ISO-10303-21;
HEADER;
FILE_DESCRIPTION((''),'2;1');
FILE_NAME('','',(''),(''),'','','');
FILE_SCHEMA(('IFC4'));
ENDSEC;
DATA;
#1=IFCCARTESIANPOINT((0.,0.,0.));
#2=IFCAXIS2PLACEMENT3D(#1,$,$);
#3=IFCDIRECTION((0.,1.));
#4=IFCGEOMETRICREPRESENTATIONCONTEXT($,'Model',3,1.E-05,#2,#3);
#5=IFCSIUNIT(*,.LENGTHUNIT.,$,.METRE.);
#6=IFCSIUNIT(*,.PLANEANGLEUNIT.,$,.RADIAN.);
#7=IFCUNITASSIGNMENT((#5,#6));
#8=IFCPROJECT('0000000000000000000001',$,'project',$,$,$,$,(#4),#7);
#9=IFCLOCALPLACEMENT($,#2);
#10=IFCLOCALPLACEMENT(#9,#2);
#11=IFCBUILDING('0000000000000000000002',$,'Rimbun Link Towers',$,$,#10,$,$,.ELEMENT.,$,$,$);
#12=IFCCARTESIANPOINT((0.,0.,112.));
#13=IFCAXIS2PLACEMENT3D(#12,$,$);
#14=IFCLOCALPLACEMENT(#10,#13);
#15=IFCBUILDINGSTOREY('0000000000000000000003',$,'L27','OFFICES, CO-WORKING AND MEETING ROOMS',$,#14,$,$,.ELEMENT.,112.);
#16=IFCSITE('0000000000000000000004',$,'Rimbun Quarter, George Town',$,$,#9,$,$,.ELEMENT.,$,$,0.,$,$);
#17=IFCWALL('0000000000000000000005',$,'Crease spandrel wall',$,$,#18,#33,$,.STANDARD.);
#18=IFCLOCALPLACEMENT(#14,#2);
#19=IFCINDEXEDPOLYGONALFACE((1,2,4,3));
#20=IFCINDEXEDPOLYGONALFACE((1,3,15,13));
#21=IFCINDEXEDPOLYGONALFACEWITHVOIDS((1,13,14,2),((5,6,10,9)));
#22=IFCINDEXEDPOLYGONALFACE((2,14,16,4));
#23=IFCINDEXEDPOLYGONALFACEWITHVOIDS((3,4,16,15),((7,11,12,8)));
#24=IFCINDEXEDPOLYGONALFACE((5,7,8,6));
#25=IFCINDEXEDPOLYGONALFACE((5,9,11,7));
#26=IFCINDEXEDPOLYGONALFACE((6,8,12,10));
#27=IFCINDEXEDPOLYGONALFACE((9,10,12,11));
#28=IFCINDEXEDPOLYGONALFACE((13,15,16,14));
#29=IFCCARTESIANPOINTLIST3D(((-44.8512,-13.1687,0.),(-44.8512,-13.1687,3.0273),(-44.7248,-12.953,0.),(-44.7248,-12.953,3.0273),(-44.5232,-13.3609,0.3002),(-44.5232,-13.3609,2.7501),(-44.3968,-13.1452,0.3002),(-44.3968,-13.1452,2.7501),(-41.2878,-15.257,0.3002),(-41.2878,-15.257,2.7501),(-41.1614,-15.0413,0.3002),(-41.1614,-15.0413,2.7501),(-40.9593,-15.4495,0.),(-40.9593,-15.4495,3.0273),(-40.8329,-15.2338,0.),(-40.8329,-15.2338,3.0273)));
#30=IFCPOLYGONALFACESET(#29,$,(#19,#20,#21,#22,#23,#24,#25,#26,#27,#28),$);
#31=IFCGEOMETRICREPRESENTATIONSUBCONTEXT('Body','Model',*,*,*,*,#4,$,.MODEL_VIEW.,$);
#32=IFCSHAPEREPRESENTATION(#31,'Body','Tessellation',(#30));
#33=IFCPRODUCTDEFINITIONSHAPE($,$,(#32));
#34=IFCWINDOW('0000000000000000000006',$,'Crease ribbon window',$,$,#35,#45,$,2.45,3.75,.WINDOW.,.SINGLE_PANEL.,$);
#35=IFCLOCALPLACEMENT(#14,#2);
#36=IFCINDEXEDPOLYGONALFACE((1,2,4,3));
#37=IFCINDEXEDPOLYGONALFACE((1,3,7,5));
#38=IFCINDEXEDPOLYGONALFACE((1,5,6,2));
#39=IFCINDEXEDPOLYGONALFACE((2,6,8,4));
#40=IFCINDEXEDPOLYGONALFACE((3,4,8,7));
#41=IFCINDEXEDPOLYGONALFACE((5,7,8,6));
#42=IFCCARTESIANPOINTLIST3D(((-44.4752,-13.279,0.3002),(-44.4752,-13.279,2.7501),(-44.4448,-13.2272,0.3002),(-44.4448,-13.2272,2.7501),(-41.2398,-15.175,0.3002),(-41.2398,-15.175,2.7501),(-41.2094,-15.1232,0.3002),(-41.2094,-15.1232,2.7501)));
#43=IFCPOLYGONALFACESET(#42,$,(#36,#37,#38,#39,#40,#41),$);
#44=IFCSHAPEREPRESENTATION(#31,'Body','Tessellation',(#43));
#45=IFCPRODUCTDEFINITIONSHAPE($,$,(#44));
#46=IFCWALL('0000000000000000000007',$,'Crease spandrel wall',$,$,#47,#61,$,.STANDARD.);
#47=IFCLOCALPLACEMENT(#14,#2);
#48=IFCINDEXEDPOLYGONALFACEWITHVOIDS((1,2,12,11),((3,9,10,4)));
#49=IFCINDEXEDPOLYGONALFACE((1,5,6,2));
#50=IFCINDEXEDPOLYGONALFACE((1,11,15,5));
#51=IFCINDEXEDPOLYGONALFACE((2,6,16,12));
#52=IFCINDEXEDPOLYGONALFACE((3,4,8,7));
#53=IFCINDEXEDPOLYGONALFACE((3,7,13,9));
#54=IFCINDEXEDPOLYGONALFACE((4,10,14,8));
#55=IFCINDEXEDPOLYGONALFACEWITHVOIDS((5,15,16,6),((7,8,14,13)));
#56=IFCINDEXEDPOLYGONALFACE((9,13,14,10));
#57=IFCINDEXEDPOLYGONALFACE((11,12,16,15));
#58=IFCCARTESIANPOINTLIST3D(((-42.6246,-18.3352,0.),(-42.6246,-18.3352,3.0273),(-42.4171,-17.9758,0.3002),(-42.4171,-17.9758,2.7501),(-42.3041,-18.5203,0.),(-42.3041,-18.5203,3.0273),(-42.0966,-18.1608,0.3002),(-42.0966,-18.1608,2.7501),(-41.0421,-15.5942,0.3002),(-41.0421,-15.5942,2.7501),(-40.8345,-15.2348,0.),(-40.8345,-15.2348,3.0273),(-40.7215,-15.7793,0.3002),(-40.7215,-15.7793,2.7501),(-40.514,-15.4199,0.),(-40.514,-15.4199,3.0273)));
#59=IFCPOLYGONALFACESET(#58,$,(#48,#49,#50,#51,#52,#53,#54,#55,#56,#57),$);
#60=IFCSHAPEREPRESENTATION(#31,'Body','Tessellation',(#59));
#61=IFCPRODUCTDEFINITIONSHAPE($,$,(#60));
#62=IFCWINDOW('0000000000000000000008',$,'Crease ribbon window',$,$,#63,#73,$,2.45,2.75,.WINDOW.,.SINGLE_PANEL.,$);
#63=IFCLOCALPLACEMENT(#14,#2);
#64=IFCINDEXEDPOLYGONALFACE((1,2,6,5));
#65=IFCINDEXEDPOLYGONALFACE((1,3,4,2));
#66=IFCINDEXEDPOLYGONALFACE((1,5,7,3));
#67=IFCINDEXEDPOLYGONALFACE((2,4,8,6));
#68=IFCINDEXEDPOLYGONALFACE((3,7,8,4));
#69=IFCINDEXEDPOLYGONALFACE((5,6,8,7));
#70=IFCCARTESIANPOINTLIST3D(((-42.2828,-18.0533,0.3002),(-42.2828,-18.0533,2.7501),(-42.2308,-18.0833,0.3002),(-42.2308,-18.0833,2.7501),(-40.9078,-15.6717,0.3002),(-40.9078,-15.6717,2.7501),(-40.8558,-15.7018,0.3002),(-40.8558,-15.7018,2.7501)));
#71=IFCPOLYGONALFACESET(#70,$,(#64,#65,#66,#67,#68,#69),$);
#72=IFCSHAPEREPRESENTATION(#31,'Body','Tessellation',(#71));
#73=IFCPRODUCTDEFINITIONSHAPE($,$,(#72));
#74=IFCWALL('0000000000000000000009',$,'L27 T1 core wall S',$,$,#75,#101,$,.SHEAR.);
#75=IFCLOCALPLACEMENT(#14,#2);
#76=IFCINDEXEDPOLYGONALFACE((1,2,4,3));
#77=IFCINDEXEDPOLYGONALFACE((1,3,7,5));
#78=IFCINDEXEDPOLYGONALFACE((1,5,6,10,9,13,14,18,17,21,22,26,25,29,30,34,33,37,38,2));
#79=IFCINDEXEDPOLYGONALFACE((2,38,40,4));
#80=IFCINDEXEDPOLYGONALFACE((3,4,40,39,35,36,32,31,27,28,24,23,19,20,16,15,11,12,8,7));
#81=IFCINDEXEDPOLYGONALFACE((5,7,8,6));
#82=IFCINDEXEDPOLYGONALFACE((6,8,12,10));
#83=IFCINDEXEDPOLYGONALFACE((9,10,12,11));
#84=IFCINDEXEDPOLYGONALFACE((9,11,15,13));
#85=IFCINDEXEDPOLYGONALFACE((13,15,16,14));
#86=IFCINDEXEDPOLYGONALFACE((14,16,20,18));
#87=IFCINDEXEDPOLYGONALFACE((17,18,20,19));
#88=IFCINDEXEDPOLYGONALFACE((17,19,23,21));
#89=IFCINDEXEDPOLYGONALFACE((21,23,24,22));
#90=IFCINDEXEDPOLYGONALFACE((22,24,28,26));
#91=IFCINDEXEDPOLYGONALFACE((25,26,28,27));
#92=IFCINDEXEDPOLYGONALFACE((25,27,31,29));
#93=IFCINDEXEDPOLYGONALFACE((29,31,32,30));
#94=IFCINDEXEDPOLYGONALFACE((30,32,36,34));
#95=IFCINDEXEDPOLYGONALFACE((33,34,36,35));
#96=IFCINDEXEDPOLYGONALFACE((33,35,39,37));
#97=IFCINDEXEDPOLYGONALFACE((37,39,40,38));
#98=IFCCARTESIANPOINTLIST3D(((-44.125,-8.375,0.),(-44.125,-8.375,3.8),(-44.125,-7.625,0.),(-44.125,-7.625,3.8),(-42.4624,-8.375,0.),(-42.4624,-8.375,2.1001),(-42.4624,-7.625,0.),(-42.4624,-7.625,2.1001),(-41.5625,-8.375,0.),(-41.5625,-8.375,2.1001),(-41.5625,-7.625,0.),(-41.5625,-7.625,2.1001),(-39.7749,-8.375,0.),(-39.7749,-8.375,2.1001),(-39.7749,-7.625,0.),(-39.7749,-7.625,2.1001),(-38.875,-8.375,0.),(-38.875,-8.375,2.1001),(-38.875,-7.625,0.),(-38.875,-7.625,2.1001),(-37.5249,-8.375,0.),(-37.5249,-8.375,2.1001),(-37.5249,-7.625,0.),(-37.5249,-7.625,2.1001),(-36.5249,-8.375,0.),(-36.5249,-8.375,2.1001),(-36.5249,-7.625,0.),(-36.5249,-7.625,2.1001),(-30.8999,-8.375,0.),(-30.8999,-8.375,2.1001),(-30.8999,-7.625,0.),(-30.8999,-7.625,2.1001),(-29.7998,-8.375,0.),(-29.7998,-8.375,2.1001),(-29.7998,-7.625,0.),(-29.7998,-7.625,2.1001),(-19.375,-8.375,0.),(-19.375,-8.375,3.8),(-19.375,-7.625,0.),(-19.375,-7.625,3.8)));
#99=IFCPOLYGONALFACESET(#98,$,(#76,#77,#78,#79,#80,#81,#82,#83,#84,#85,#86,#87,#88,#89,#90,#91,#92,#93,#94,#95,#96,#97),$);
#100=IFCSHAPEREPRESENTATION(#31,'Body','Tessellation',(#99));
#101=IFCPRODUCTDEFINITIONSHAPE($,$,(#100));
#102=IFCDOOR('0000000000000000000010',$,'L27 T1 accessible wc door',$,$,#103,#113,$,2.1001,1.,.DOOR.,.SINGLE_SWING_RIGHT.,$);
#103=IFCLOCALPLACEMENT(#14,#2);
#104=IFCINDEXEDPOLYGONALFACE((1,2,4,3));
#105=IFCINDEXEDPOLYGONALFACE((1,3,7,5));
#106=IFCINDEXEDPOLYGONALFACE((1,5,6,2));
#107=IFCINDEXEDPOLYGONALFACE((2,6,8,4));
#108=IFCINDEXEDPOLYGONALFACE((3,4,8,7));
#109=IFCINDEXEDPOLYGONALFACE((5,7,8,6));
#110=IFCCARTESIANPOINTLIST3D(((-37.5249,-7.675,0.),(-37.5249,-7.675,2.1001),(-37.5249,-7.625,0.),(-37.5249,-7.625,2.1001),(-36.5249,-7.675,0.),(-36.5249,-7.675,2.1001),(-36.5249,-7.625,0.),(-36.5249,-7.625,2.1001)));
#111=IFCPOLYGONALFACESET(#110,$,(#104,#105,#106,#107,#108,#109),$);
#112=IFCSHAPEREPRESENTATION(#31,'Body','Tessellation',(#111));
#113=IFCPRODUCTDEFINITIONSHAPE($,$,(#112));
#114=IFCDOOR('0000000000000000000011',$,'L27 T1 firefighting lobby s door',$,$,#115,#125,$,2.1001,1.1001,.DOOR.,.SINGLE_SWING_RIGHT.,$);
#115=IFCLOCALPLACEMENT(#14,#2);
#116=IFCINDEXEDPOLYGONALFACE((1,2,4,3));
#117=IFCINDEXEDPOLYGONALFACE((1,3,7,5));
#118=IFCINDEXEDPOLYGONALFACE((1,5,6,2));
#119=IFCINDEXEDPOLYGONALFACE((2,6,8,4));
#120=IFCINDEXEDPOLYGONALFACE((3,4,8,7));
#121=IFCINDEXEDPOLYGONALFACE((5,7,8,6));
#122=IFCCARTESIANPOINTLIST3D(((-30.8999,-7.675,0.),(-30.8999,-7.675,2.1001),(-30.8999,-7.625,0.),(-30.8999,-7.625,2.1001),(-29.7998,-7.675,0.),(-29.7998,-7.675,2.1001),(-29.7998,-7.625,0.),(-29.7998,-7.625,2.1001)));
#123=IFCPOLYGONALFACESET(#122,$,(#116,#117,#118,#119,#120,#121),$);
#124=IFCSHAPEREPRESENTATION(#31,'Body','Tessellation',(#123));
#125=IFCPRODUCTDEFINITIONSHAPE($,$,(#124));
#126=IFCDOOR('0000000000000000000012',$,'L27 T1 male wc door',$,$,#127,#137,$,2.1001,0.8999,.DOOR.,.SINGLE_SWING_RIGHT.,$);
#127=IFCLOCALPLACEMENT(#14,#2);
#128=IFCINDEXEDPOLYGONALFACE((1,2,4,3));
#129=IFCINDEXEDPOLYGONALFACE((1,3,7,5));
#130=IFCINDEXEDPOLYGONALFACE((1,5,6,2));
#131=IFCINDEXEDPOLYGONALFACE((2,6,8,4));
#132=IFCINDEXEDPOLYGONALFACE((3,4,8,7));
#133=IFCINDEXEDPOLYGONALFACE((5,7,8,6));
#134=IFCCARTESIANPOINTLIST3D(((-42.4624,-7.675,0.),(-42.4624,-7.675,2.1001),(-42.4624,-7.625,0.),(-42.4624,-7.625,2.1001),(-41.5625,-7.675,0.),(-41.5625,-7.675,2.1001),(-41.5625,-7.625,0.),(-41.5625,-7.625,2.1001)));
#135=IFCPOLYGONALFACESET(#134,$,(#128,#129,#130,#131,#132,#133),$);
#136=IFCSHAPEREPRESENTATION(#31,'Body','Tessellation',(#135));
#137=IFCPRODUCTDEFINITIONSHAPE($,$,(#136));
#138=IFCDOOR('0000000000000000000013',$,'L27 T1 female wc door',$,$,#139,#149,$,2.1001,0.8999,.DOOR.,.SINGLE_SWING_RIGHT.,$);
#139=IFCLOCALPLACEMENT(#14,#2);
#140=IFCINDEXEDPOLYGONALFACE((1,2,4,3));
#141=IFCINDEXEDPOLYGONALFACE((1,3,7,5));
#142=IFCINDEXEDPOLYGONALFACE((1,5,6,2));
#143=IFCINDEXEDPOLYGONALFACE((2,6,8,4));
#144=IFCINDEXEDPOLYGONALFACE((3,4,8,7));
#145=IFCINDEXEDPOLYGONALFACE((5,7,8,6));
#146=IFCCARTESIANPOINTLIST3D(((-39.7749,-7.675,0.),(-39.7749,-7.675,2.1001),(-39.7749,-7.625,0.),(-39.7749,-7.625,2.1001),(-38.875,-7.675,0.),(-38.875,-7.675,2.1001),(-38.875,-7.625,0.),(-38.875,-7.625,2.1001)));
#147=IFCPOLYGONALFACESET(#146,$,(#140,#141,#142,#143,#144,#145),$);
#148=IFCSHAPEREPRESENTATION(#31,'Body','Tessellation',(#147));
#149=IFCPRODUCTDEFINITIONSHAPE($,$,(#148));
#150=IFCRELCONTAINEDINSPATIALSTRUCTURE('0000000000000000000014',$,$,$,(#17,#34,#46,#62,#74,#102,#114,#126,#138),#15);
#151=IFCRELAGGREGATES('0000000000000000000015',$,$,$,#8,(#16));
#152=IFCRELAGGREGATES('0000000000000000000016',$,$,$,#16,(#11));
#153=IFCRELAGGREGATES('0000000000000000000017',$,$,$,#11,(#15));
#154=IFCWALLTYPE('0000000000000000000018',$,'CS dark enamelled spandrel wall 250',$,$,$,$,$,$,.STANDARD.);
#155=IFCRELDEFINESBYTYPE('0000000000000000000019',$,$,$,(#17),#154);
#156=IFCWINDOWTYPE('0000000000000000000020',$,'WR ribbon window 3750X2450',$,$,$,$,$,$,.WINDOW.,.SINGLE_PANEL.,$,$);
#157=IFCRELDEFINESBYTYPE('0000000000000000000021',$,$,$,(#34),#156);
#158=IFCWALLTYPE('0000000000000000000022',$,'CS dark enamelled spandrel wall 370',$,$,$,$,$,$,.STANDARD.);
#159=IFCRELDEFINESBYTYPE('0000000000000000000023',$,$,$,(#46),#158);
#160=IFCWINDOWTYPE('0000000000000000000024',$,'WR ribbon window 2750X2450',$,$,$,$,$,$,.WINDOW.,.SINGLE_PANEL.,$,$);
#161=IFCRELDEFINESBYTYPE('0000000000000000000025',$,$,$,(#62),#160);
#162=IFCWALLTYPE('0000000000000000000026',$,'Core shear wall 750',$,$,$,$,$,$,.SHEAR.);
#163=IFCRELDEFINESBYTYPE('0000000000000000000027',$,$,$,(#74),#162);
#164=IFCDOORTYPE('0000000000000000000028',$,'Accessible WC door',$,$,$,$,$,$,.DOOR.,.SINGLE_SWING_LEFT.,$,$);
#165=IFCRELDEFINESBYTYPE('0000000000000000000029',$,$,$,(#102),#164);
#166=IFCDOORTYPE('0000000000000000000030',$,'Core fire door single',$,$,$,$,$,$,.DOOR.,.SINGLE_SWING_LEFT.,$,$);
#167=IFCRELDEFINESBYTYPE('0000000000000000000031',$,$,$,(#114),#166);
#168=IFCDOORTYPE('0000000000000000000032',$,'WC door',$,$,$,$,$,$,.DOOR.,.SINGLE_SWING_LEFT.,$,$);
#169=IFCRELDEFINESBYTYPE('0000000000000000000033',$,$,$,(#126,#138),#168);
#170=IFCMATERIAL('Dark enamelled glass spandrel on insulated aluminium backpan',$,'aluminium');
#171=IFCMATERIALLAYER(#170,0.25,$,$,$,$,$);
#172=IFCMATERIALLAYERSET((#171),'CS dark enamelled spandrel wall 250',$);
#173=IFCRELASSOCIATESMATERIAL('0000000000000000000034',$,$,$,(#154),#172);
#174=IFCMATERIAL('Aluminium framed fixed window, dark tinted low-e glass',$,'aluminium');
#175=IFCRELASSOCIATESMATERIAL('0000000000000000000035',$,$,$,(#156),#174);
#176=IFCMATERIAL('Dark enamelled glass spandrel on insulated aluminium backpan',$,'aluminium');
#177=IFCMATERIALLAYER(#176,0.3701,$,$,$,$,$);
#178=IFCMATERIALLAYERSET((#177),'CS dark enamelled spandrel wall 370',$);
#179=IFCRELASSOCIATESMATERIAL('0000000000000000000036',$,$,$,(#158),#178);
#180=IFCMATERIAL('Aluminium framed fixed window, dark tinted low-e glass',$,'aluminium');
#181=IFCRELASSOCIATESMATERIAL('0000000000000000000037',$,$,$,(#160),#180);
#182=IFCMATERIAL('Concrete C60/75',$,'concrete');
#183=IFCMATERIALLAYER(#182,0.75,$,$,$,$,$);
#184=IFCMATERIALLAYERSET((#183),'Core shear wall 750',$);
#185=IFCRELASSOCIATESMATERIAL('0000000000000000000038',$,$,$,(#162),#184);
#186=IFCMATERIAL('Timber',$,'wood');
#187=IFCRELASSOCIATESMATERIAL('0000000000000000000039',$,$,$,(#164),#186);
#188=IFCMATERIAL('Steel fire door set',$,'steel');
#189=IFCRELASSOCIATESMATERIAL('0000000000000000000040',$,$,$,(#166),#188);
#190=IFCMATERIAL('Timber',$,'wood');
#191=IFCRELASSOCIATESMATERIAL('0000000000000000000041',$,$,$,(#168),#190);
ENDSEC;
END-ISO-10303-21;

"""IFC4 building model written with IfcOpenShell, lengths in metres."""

from ifc_helpers import new_model, si_unit, direction, frame, frame_2d, origin, place, context, subcontext, project, spatial, rectangle, extrude, material, layer, layer_set, type_object, element, fill, save


model = new_model("IFC4")

# Units and contexts
model_context = context("Model", 3, precision=1e-05, world=origin(), true_north=direction((0.0, 1.0)))
body_context = subcontext(model_context, "Body", "Model", "MODEL_VIEW")
ifc_project = project(units=[si_unit("LENGTHUNIT", "METRE"), si_unit("PLANEANGLEUNIT", "RADIAN")], contexts=[model_context])

# Site, building, storey
site_placement = place(None, origin())
site = spatial("IfcSite", under=ifc_project, at=site_placement, Name="Rimbun Quarter, George Town", CompositionType="ELEMENT", RefElevation=0.0)
building_placement = place(site_placement, origin())
building = spatial("IfcBuilding", under=site, at=building_placement, Name="Rimbun Link Towers", CompositionType="ELEMENT")
storey_placement = place(building_placement, frame((0.0, 0.0, 112.0)))
storey = spatial("IfcBuildingStorey", under=building, at=storey_placement, Name="L27", Description="OFFICES, CO-WORKING AND MEETING ROOMS", CompositionType="ELEMENT", Elevation=112.0)

# Walls, openings, windows
ifc_material_1 = material(Name="Dark enamelled glass spandrel on insulated aluminium backpan", Category="aluminium")
ifc_layer_1 = layer(ifc_material_1, 0.25)
ifc_layer_set_1 = layer_set([ifc_layer_1], Name="CS dark enamelled spandrel wall 250")
wall_type_1 = type_object("IfcWallType", Name="CS dark enamelled spandrel wall 250", PredefinedType="STANDARD", material=ifc_layer_set_1)
wall_1_placement = place(storey_placement, frame((-40.8962, -15.3416, 0.0), z_axis=(0.0, 0.0, 1.0), x_axis=(-0.862762, 0.50561, 0.0)))
wall_1 = element("IfcWall", 1, at=wall_1_placement, inside=storey, type_object=wall_type_1, Name="Crease spandrel wall", PredefinedType="STANDARD", context=body_context, shape_type="SweptSolid", body=[
    extrude(rectangle(XDim=4.511, YDim=0.25, at=frame_2d((2.2554, 0.0))), origin(), (0.0, 0.0, 1.0), 3.0273),
])
opening_1_placement = place(wall_1_placement, frame((0.3806, 0.0, 0.3)))
opening_1 = element("IfcOpeningElement", 2, at=opening_1_placement, cuts=wall_1, PredefinedType="OPENING", context=body_context, shape_type="SweptSolid", body=[
    extrude(rectangle(XDim=3.75, YDim=2.45, at=frame_2d((1.875, 1.2251))), frame((0.0, 0.135, 0.0), z_axis=(0.0, -1.0, 0.0), x_axis=(1.0, 0.0, 0.0)), (0.0, 0.0, 1.0), 0.27),
])
ifc_material_2 = material(Name="Aluminium framed fixed window, dark tinted low-e glass", Category="aluminium")
window_type_1 = type_object("IfcWindowType", Name="WR ribbon window 3750X2450", PartitioningType="SINGLE_PANEL", PredefinedType="WINDOW", material=ifc_material_2)
window_1_placement = place(opening_1_placement, origin())
window_1 = element("IfcWindow", 3, at=window_1_placement, inside=storey, type_object=window_type_1, Name="Crease ribbon window", OverallHeight=2.45, OverallWidth=3.75, PartitioningType="SINGLE_PANEL", PredefinedType="WINDOW", context=body_context, shape_type="SweptSolid", body=[
    extrude(rectangle(XDim=3.75, YDim=2.45, at=frame_2d((1.875, 1.2251))), frame((0.0, 0.03, 0.0), z_axis=(0.0, -1.0, 0.0), x_axis=(1.0, 0.0, 0.0)), (0.0, 0.0, 1.0), 0.0601),
])
fill(opening_1, window_1)
ifc_material_3 = material(Name="Dark enamelled glass spandrel on insulated aluminium backpan", Category="aluminium")
ifc_layer_2 = layer(ifc_material_3, 0.3701)
ifc_layer_set_2 = layer_set([ifc_layer_2], Name="CS dark enamelled spandrel wall 370")
wall_type_2 = type_object("IfcWallType", Name="CS dark enamelled spandrel wall 370", PredefinedType="STANDARD", material=ifc_layer_set_2)
wall_2_placement = place(storey_placement, frame((-42.4644, -18.4277, 0.0), z_axis=(0.0, 0.0, 1.0), x_axis=(0.500012, 0.866019, 0.0)))
wall_2 = element("IfcWall", 4, at=wall_2_placement, inside=storey, type_object=wall_type_2, Name="Crease spandrel wall", PredefinedType="STANDARD", context=body_context, shape_type="SweptSolid", body=[
    extrude(rectangle(XDim=3.5801, YDim=0.3701, at=frame_2d((1.79, 0.0))), origin(), (0.0, 0.0, 1.0), 3.0273),
])
opening_2_placement = place(wall_2_placement, frame((0.415, 0.0, 0.3)))
opening_2 = element("IfcOpeningElement", 5, at=opening_2_placement, cuts=wall_2, PredefinedType="OPENING", context=body_context, shape_type="SweptSolid", body=[
    extrude(rectangle(XDim=2.75, YDim=2.45, at=frame_2d((1.375, 1.2251))), frame((0.0, 0.1951, 0.0), z_axis=(0.0, -1.0, 0.0), x_axis=(1.0, 0.0, 0.0)), (0.0, 0.0, 1.0), 0.3901),
])
ifc_material_4 = material(Name="Aluminium framed fixed window, dark tinted low-e glass", Category="aluminium")
window_type_2 = type_object("IfcWindowType", Name="WR ribbon window 2750X2450", PartitioningType="SINGLE_PANEL", PredefinedType="WINDOW", material=ifc_material_4)
window_2_placement = place(opening_2_placement, origin())
window_2 = element("IfcWindow", 6, at=window_2_placement, inside=storey, type_object=window_type_2, Name="Crease ribbon window", OverallHeight=2.45, OverallWidth=2.75, PartitioningType="SINGLE_PANEL", PredefinedType="WINDOW", context=body_context, shape_type="SweptSolid", body=[
    extrude(rectangle(XDim=2.75, YDim=2.45, at=frame_2d((1.375, 1.2251))), frame((0.0, 0.03, 0.0), z_axis=(0.0, -1.0, 0.0), x_axis=(1.0, 0.0, 0.0)), (0.0, 0.0, 1.0), 0.0601),
])
fill(opening_2, window_2)

# Wall, openings, doors
ifc_material_5 = material(Name="Concrete C60/75", Category="concrete")
ifc_layer_3 = layer(ifc_material_5, 0.75)
ifc_layer_set_3 = layer_set([ifc_layer_3], Name="Core shear wall 750")
wall_type_3 = type_object("IfcWallType", Name="Core shear wall 750", PredefinedType="SHEAR", material=ifc_layer_set_3)
wall_3_placement = place(storey_placement, frame((-44.125, -8.0, 0.0), z_axis=(0.0, 0.0, 1.0), x_axis=(1.0, 0.0, 0.0)))
wall_3 = element("IfcWall", 7, at=wall_3_placement, inside=storey, type_object=wall_type_3, Name="L27 T1 core wall S", PredefinedType="SHEAR", context=body_context, shape_type="SweptSolid", body=[
    extrude(rectangle(XDim=24.75, YDim=0.75, at=frame_2d((12.375, 0.0))), origin(), (0.0, 0.0, 1.0), 3.8),
])
opening_3_placement = place(wall_3_placement, frame((13.2251, 0.0, 0.0)))
opening_3 = element("IfcOpeningElement", 8, at=opening_3_placement, cuts=wall_3, PredefinedType="OPENING", context=body_context, shape_type="SweptSolid", body=[
    extrude(rectangle(XDim=1.1001, YDim=2.1001, at=frame_2d((0.55, 1.05))), frame((0.0, 0.385, 0.0), z_axis=(0.0, -1.0, 0.0), x_axis=(1.0, 0.0, 0.0)), (0.0, 0.0, 1.0), 0.77),
])
opening_4_placement = place(wall_3_placement, frame((1.6626, 0.0, 0.0)))
opening_4 = element("IfcOpeningElement", 9, at=opening_4_placement, cuts=wall_3, PredefinedType="OPENING", context=body_context, shape_type="SweptSolid", body=[
    extrude(rectangle(XDim=0.8999, YDim=2.1001, at=frame_2d((0.45, 1.05))), frame((0.0, 0.385, 0.0), z_axis=(0.0, -1.0, 0.0), x_axis=(1.0, 0.0, 0.0)), (0.0, 0.0, 1.0), 0.77),
])
opening_5_placement = place(wall_3_placement, frame((4.3501, 0.0, 0.0)))
opening_5 = element("IfcOpeningElement", 10, at=opening_5_placement, cuts=wall_3, PredefinedType="OPENING", context=body_context, shape_type="SweptSolid", body=[
    extrude(rectangle(XDim=0.8999, YDim=2.1001, at=frame_2d((0.45, 1.05))), frame((0.0, 0.385, 0.0), z_axis=(0.0, -1.0, 0.0), x_axis=(1.0, 0.0, 0.0)), (0.0, 0.0, 1.0), 0.77),
])
opening_6_placement = place(wall_3_placement, frame((6.6001, 0.0, 0.0)))
opening_6 = element("IfcOpeningElement", 11, at=opening_6_placement, cuts=wall_3, PredefinedType="OPENING", context=body_context, shape_type="SweptSolid", body=[
    extrude(rectangle(XDim=1.0, YDim=2.1001, at=frame_2d((0.5, 1.05))), frame((0.0, 0.385, 0.0), z_axis=(0.0, -1.0, 0.0), x_axis=(1.0, 0.0, 0.0)), (0.0, 0.0, 1.0), 0.77),
])
ifc_material_6 = material(Name="Timber", Category="wood")
door_type_1 = type_object("IfcDoorType", Name="Accessible WC door", OperationType="SINGLE_SWING_LEFT", PredefinedType="DOOR", material=ifc_material_6)
door_1_placement = place(opening_6_placement, origin())
door_1 = element("IfcDoor", 12, at=door_1_placement, inside=storey, type_object=door_type_1, Name="L27 T1 accessible wc door", OperationType="SINGLE_SWING_RIGHT", OverallHeight=2.1001, OverallWidth=1.0, PredefinedType="DOOR", context=body_context, shape_type="SweptSolid", body=[
    extrude(rectangle(XDim=1.0, YDim=2.1001, at=frame_2d((0.5, 1.05))), frame((0.0, 0.375, 0.0), z_axis=(0.0, -1.0, 0.0), x_axis=(1.0, 0.0, 0.0)), (0.0, 0.0, 1.0), 0.05),
])
fill(opening_6, door_1)
ifc_material_7 = material(Name="Steel fire door set", Category="steel")
door_type_2 = type_object("IfcDoorType", Name="Core fire door single", OperationType="SINGLE_SWING_LEFT", PredefinedType="DOOR", material=ifc_material_7)
door_2_placement = place(opening_3_placement, origin())
door_2 = element("IfcDoor", 13, at=door_2_placement, inside=storey, type_object=door_type_2, Name="L27 T1 firefighting lobby s door", OperationType="SINGLE_SWING_RIGHT", OverallHeight=2.1001, OverallWidth=1.1001, PredefinedType="DOOR", context=body_context, shape_type="SweptSolid", body=[
    extrude(rectangle(XDim=1.1001, YDim=2.1001, at=frame_2d((0.55, 1.05))), frame((0.0, 0.375, 0.0), z_axis=(0.0, -1.0, 0.0), x_axis=(1.0, 0.0, 0.0)), (0.0, 0.0, 1.0), 0.05),
])
fill(opening_3, door_2)
ifc_material_8 = material(Name="Timber", Category="wood")
door_type_3 = type_object("IfcDoorType", Name="WC door", OperationType="SINGLE_SWING_LEFT", PredefinedType="DOOR", material=ifc_material_8)
door_3_placement = place(opening_4_placement, origin())
door_3 = element("IfcDoor", 14, at=door_3_placement, inside=storey, type_object=door_type_3, Name="L27 T1 male wc door", OperationType="SINGLE_SWING_RIGHT", OverallHeight=2.1001, OverallWidth=0.8999, PredefinedType="DOOR", context=body_context, shape_type="SweptSolid", body=[
    extrude(rectangle(XDim=0.8999, YDim=2.1001, at=frame_2d((0.45, 1.05))), frame((0.0, 0.375, 0.0), z_axis=(0.0, -1.0, 0.0), x_axis=(1.0, 0.0, 0.0)), (0.0, 0.0, 1.0), 0.05),
])
fill(opening_4, door_3)
door_4_placement = place(opening_5_placement, origin())
door_4 = element("IfcDoor", 15, at=door_4_placement, inside=storey, type_object=door_type_3, Name="L27 T1 female wc door", OperationType="SINGLE_SWING_RIGHT", OverallHeight=2.1001, OverallWidth=0.8999, PredefinedType="DOOR", context=body_context, shape_type="SweptSolid", body=[
    extrude(rectangle(XDim=0.8999, YDim=2.1001, at=frame_2d((0.45, 1.05))), frame((0.0, 0.375, 0.0), z_axis=(0.0, -1.0, 0.0), x_axis=(1.0, 0.0, 0.0)), (0.0, 0.0, 1.0), 0.05),
])
fill(opening_5, door_4)

save(model, "model.ifc")
